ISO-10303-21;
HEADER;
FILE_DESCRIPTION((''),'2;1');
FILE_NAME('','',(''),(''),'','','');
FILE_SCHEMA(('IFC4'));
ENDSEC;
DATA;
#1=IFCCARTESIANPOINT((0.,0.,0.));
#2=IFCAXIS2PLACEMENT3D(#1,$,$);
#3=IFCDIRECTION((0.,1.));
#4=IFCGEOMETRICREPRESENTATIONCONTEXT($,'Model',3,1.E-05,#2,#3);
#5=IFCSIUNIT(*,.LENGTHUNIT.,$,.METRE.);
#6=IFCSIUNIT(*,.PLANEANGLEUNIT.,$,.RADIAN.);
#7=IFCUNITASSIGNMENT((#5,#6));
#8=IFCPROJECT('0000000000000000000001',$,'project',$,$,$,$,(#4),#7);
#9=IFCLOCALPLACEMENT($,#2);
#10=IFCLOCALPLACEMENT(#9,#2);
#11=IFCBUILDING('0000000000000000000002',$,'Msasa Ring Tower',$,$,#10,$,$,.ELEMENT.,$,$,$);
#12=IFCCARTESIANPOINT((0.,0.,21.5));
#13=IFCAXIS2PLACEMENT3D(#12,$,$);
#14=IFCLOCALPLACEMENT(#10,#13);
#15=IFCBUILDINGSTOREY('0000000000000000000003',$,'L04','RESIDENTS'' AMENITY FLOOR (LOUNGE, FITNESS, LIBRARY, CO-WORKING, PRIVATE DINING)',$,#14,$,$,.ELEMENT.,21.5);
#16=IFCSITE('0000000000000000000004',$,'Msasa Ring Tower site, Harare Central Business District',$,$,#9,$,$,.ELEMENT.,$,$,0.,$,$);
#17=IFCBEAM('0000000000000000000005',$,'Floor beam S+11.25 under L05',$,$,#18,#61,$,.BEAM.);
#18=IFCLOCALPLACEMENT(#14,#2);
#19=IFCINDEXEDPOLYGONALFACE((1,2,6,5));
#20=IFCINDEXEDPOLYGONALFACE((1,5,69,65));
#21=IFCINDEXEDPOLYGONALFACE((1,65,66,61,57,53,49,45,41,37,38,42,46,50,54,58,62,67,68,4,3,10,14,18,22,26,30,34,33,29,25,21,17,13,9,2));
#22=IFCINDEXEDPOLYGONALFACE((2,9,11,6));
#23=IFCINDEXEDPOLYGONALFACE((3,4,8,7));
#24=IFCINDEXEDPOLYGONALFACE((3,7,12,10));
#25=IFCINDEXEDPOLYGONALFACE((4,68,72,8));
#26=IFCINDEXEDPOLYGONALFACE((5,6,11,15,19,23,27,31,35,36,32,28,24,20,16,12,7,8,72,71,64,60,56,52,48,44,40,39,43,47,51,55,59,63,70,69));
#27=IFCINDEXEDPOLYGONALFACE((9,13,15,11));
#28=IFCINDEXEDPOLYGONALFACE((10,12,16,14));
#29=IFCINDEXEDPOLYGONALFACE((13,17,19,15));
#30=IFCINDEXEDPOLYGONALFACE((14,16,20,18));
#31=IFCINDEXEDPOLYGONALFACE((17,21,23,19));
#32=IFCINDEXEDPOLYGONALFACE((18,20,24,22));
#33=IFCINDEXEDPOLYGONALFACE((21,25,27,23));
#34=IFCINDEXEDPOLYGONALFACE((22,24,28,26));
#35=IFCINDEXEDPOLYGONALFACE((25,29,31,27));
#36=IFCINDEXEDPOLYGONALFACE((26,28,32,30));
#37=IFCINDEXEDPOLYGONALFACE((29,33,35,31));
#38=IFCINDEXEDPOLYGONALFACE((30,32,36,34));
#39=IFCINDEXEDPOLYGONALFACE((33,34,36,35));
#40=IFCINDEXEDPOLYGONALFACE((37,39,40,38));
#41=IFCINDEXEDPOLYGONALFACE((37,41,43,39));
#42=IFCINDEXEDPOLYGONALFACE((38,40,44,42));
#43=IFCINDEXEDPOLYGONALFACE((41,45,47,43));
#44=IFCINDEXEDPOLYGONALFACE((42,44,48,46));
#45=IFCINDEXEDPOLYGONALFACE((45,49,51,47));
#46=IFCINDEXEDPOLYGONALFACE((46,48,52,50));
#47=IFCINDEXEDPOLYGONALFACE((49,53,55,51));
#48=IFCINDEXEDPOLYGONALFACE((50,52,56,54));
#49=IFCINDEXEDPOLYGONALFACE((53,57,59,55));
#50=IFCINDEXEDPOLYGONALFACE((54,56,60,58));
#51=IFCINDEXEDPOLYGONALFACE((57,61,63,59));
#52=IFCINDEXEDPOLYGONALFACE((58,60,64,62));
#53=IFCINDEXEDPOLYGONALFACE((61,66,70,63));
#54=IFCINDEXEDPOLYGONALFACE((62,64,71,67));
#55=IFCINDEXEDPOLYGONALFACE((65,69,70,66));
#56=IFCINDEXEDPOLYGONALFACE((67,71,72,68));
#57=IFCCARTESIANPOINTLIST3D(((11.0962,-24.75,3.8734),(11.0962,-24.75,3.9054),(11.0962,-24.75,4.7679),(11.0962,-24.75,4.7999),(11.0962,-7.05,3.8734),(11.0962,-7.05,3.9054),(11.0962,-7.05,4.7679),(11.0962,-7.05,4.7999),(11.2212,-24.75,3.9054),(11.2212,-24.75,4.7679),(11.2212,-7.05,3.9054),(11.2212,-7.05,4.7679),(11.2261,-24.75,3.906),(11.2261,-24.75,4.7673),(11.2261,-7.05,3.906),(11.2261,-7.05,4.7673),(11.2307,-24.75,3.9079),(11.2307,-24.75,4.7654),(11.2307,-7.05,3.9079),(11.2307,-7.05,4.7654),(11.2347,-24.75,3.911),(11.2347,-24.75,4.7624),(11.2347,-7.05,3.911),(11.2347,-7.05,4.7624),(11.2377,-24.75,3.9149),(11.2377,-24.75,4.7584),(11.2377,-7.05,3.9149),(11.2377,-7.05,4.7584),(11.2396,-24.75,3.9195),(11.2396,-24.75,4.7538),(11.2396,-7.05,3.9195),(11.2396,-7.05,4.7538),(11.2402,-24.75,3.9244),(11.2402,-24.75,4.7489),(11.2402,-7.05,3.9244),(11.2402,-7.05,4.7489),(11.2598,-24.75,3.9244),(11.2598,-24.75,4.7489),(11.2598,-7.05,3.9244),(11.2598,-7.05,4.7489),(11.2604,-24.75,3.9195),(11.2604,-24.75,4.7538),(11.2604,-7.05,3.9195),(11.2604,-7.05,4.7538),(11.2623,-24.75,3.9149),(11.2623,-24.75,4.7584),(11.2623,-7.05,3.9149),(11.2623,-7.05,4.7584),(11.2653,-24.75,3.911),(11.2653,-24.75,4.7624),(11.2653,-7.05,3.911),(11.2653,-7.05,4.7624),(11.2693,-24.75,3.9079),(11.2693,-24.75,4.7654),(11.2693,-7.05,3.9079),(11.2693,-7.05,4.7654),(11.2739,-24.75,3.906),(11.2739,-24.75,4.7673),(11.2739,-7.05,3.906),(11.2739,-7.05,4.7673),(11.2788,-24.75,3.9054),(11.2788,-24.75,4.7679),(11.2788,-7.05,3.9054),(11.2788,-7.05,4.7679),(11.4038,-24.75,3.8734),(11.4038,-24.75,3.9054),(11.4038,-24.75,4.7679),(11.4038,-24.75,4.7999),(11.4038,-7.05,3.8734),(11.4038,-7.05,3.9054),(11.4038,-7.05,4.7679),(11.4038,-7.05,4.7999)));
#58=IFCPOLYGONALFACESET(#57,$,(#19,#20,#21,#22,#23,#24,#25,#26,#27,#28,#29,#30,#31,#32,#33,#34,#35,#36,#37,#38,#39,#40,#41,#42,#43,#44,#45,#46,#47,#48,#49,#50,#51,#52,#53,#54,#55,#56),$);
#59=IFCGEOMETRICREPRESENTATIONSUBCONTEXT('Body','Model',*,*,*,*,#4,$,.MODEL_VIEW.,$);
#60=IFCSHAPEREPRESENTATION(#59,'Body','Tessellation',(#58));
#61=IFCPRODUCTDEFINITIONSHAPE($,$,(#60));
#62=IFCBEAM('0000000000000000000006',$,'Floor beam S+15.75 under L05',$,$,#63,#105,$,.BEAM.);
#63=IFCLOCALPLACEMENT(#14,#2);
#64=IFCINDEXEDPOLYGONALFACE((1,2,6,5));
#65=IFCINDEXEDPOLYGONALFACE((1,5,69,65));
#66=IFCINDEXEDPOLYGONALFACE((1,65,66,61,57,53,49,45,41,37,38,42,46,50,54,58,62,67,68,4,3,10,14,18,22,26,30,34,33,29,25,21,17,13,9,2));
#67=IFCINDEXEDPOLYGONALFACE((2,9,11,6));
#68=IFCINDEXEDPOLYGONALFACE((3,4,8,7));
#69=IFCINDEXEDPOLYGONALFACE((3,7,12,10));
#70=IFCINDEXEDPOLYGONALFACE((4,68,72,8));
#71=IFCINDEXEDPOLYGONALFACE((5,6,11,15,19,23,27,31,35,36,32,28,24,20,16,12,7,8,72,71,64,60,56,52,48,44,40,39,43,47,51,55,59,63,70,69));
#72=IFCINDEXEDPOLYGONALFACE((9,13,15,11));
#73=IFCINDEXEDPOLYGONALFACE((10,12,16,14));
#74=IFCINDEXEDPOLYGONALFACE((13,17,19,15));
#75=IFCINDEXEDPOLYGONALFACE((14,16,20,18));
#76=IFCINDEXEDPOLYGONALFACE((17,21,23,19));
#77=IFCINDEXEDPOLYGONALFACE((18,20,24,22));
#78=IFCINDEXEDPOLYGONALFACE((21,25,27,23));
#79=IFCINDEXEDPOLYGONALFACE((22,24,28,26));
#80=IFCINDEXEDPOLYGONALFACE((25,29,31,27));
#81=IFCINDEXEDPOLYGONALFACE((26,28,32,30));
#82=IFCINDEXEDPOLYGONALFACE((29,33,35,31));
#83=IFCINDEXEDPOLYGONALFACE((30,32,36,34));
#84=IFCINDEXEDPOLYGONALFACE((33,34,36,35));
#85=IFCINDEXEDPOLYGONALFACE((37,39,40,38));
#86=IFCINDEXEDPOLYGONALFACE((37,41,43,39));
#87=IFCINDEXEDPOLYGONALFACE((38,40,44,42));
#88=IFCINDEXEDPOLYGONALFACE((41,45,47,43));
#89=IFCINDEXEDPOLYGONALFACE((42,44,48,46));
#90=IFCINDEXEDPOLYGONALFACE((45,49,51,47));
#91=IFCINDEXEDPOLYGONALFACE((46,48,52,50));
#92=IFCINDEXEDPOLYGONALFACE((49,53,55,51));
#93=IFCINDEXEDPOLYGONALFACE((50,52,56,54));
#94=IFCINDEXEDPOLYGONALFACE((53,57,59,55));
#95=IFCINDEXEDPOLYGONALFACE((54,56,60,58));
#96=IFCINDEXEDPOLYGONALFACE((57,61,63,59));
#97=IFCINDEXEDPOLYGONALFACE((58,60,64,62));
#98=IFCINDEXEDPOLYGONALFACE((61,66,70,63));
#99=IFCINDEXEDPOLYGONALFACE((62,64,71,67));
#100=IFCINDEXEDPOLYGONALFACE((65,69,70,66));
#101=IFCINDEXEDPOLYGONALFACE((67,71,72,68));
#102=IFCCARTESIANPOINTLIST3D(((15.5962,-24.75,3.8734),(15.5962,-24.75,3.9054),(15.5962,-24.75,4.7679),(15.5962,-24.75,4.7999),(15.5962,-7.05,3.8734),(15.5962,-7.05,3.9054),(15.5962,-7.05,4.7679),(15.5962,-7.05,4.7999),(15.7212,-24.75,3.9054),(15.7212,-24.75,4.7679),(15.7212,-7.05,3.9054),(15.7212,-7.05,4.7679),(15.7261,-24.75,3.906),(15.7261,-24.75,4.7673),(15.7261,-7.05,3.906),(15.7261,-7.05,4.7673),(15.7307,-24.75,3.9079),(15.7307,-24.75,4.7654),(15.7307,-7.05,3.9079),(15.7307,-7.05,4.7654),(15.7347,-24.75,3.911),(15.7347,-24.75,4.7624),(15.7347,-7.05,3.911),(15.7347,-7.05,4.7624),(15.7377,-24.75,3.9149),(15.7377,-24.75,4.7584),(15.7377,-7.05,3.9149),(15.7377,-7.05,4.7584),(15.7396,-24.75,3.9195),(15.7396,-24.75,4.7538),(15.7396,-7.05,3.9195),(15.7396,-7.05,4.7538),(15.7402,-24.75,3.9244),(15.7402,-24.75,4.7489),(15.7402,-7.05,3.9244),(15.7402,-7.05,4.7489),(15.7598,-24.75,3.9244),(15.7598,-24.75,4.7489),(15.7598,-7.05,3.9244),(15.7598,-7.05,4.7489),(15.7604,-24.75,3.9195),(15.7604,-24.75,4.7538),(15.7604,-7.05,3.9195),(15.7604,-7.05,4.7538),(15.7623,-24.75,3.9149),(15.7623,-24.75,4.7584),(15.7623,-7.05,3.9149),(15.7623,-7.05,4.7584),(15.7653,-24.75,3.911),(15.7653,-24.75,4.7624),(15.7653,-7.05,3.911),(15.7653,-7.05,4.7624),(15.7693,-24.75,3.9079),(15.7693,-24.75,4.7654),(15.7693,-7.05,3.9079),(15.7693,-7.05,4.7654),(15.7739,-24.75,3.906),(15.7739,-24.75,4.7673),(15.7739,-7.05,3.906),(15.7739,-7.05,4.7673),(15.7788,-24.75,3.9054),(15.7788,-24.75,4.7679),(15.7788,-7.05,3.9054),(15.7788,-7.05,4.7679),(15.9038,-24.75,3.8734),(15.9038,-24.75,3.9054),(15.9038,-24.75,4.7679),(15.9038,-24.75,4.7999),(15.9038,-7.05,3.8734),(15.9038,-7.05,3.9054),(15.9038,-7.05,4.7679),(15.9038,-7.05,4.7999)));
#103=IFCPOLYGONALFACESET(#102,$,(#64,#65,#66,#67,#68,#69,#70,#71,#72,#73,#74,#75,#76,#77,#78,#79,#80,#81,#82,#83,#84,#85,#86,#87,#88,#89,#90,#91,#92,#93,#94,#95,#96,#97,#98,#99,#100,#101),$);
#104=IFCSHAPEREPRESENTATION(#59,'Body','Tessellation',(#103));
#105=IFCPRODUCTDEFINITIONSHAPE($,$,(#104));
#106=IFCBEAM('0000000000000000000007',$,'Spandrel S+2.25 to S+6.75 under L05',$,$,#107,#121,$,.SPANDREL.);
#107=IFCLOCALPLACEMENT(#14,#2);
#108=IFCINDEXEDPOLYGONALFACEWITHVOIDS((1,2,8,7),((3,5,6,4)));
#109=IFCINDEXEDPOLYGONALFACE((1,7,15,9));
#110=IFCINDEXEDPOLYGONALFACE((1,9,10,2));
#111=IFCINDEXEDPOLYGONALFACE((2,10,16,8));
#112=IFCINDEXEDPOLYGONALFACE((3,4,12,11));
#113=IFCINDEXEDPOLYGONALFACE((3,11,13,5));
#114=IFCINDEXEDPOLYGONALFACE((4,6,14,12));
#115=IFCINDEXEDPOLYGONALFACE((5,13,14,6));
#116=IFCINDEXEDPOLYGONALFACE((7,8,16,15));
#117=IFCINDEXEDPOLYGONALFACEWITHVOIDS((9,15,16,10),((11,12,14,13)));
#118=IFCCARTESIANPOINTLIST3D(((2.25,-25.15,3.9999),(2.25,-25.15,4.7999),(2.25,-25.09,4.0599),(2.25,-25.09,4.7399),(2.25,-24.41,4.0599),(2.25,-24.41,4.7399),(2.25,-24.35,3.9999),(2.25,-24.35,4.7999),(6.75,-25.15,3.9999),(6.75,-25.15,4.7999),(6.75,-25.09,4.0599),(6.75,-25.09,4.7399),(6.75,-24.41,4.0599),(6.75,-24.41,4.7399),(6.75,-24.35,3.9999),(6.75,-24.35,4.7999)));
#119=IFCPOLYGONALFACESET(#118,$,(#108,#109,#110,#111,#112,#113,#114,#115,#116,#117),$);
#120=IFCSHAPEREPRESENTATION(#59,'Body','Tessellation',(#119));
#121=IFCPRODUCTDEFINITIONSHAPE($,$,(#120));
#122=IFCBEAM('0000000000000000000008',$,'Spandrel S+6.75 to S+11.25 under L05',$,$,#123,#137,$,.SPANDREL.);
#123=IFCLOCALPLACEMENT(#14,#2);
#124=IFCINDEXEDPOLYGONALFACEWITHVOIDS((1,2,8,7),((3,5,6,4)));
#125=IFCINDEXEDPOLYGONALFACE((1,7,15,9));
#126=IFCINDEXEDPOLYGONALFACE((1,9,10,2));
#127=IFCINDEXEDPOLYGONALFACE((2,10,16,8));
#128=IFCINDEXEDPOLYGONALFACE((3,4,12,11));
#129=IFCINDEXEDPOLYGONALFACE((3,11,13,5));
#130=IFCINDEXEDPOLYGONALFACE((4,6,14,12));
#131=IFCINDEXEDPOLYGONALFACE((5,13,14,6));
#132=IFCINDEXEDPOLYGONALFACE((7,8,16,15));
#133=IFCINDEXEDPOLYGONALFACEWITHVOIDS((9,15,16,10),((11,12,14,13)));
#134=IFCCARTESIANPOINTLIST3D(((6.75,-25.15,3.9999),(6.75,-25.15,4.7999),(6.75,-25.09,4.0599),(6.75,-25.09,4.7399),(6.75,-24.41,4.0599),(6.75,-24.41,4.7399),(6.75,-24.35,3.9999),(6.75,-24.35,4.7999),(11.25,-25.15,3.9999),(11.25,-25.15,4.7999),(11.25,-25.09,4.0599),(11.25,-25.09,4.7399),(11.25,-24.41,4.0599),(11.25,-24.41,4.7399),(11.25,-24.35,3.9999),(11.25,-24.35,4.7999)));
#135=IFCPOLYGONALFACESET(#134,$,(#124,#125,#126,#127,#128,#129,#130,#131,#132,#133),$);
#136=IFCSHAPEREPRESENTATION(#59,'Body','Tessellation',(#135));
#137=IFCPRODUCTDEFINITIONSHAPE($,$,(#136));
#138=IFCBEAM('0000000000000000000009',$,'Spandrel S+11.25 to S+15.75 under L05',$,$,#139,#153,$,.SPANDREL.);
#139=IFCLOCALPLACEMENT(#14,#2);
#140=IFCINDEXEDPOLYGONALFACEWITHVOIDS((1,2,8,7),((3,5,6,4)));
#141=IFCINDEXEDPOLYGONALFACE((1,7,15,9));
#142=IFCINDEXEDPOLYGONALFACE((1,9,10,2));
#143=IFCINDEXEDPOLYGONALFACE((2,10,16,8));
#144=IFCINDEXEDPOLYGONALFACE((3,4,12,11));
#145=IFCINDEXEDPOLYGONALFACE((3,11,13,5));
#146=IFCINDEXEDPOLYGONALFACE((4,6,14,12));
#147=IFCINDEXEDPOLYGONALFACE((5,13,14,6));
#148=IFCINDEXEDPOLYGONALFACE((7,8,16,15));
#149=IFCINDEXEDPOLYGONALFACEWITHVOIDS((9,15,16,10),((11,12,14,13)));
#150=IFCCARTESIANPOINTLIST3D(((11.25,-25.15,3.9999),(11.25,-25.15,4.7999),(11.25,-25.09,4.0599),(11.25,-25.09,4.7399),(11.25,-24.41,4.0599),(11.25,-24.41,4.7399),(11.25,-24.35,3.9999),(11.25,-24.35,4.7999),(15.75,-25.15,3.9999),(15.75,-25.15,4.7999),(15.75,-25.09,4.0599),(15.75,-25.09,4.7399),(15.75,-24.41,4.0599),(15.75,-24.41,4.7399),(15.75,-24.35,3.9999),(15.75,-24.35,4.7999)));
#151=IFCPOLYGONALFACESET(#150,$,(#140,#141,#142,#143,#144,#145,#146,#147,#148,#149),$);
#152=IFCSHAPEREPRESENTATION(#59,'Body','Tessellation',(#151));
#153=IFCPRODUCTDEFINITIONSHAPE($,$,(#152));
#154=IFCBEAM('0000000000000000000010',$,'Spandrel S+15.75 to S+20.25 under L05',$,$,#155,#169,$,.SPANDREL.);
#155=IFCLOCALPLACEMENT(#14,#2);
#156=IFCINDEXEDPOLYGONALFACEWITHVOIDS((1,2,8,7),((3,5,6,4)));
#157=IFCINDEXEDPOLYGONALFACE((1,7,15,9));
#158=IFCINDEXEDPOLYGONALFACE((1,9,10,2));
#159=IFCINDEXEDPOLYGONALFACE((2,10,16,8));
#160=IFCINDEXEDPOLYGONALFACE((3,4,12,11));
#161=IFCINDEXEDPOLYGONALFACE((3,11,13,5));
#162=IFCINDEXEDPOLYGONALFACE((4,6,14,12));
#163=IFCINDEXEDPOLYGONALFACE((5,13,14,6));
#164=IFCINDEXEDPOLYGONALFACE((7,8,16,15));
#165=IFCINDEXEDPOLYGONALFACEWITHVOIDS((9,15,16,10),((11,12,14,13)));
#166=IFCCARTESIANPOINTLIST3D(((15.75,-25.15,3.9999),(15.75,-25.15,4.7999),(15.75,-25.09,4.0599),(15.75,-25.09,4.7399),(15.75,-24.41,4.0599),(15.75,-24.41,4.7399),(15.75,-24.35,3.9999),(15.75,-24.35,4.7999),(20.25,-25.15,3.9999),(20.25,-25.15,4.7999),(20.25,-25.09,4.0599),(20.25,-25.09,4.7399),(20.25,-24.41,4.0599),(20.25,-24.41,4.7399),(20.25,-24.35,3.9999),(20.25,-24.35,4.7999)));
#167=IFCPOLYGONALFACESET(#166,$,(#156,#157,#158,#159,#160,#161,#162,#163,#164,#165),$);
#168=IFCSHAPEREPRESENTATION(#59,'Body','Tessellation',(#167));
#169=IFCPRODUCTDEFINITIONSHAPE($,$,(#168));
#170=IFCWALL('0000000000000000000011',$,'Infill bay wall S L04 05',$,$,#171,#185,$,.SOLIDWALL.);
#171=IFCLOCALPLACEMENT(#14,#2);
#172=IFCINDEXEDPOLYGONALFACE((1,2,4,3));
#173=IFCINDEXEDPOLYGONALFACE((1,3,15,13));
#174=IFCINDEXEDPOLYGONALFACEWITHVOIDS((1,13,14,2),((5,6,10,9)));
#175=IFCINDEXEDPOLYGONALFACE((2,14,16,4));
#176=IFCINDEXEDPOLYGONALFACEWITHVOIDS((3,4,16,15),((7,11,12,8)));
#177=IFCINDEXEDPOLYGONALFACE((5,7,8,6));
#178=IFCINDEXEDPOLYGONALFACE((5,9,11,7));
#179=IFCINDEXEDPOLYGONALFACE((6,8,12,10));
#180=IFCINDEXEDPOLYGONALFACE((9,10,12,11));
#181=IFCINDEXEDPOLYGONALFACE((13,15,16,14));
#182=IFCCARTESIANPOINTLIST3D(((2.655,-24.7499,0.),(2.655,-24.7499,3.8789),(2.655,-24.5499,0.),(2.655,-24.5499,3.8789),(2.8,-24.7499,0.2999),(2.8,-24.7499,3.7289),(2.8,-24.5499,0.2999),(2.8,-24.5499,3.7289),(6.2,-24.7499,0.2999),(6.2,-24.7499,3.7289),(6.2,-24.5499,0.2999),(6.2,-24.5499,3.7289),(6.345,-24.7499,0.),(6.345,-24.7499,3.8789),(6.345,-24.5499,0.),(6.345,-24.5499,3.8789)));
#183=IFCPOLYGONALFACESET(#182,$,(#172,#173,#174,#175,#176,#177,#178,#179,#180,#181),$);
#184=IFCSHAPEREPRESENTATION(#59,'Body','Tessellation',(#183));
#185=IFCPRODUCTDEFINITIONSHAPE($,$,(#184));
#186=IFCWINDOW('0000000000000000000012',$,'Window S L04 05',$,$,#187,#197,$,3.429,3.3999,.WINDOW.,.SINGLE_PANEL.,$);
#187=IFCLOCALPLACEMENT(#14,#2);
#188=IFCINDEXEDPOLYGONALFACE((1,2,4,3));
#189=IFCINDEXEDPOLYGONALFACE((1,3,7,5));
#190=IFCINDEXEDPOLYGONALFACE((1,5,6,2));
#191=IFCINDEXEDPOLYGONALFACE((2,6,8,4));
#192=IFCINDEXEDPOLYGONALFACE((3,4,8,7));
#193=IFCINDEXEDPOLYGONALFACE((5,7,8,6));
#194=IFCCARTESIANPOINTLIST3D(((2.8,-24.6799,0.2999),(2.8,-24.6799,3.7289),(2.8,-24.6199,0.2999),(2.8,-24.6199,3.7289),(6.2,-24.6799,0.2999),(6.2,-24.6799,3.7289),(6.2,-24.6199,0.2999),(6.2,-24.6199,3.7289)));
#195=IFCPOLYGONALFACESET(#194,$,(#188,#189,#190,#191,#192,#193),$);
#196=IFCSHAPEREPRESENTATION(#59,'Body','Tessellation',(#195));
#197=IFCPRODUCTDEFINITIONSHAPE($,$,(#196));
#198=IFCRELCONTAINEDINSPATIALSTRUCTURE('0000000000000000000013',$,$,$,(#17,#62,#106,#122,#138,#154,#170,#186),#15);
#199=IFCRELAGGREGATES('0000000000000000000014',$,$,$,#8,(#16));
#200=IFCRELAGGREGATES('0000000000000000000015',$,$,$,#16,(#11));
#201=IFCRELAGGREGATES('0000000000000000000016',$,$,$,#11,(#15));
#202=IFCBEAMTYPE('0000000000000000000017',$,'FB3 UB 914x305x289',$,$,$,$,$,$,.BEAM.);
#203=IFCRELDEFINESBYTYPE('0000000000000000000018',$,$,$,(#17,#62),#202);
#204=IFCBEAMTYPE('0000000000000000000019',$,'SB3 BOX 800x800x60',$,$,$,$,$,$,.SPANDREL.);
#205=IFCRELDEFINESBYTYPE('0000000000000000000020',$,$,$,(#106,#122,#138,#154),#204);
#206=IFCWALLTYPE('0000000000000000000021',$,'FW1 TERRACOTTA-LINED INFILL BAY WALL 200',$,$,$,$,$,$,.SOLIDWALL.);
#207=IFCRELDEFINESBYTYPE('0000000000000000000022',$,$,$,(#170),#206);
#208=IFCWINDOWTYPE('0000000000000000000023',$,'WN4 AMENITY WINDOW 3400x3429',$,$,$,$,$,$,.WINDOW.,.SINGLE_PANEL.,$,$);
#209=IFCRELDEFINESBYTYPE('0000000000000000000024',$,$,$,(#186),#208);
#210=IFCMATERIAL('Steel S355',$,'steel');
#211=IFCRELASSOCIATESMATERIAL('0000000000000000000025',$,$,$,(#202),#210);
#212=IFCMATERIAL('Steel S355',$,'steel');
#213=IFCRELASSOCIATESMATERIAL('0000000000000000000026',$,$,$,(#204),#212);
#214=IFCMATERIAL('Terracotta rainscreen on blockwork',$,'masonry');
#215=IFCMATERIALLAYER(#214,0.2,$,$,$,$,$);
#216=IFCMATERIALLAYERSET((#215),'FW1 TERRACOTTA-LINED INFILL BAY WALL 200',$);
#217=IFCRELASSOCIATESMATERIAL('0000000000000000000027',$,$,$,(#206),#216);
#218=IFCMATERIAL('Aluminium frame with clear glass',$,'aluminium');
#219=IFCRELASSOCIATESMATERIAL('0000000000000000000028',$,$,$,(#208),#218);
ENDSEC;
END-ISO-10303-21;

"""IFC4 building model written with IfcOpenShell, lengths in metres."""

from ifc_helpers import new_model, si_unit, direction, frame, frame_2d, origin, origin_2d, place, context, subcontext, project, spatial, rectangle, hollow_rectangle, i_section, extrude, material, layer, layer_set, material_profile, profile_set, type_object, element, fill, save


model = new_model("IFC4")

# Units and contexts
model_context = context("Model", 3, precision=1e-05, world=origin(), true_north=direction((0.0, 1.0)))
body_context = subcontext(model_context, "Body", "Model", "MODEL_VIEW")
ifc_project = project(units=[si_unit("LENGTHUNIT", "METRE"), si_unit("PLANEANGLEUNIT", "RADIAN")], contexts=[model_context])

# Site, building, storey
site_placement = place(None, origin())
site = spatial("IfcSite", under=ifc_project, at=site_placement, Name="Msasa Ring Tower site, Harare Central Business District", CompositionType="ELEMENT", RefElevation=0.0)
building_placement = place(site_placement, origin())
building = spatial("IfcBuilding", under=site, at=building_placement, Name="Msasa Ring Tower", CompositionType="ELEMENT")
storey_placement = place(building_placement, frame((0.0, 0.0, 21.5)))
storey = spatial("IfcBuildingStorey", under=building, at=storey_placement, Name="L04", Description="RESIDENTS' AMENITY FLOOR (LOUNGE, FITNESS, LIBRARY, CO-WORKING, PRIVATE DINING)", CompositionType="ELEMENT", Elevation=21.5)

# Beams
ifc_material_1 = material(Name="Steel S355", Category="steel")
ifc_material_profile_1 = material_profile(ifc_material_1, i_section(OverallWidth=0.3076, OverallDepth=0.9265, WebThickness=0.0195, FlangeThickness=0.032, FilletRadius=0.019, at=origin_2d()), Name="UB 914x305x289")
ifc_profile_set_1 = profile_set([ifc_material_profile_1], Name="Steel S355")
beam_type_1 = type_object("IfcBeamType", Name="FB3 UB 914x305x289", PredefinedType="BEAM", material=ifc_profile_set_1)
for number, where, z_axis, x_axis, name in (
    (1, (11.25, -24.75, 4.3367), (0.0, 1.0, 0.0), (-1.0, 0.0, 0.0), "Floor beam S+11.25 under L05"),
    (2, (15.75, -24.75, 4.3367), (0.0, 1.0, 0.0), (-1.0, 0.0, 0.0), "Floor beam S+15.75 under L05"),
):
    element("IfcBeam", number, at=place(storey_placement, frame(where, z_axis=z_axis, x_axis=x_axis)), inside=storey, type_object=beam_type_1, Name=name, PredefinedType="BEAM", context=body_context, shape_type="SweptSolid", body=[
        extrude(i_section(OverallWidth=0.3076, OverallDepth=0.9265, WebThickness=0.0195, FlangeThickness=0.032, FilletRadius=0.019, at=origin_2d()), origin(), (0.0, 0.0, 1.0), 17.7),
    ])
ifc_material_2 = material(Name="Steel S355", Category="steel")
ifc_material_profile_2 = material_profile(ifc_material_2, hollow_rectangle(XDim=0.8, YDim=0.8, WallThickness=0.0601, at=origin_2d()), Name="BOX 800x800x60")
ifc_profile_set_2 = profile_set([ifc_material_profile_2], Name="Steel S355")
beam_type_2 = type_object("IfcBeamType", Name="SB3 BOX 800x800x60", PredefinedType="SPANDREL", material=ifc_profile_set_2)
for number, where, z_axis, x_axis, name in (
    (3, (2.25, -24.75, 4.3999), (1.0, 0.0, 0.0), (0.0, 1.0, 0.0), "Spandrel S+2.25 to S+6.75 under L05"),
    (4, (6.75, -24.75, 4.3999), (1.0, 0.0, 0.0), (0.0, 1.0, 0.0), "Spandrel S+6.75 to S+11.25 under L05"),
    (5, (11.25, -24.75, 4.3999), (1.0, 0.0, 0.0), (0.0, 1.0, 0.0), "Spandrel S+11.25 to S+15.75 under L05"),
    (6, (15.75, -24.75, 4.3999), (1.0, 0.0, 0.0), (0.0, 1.0, 0.0), "Spandrel S+15.75 to S+20.25 under L05"),
):
    element("IfcBeam", number, at=place(storey_placement, frame(where, z_axis=z_axis, x_axis=x_axis)), inside=storey, type_object=beam_type_2, Name=name, PredefinedType="SPANDREL", context=body_context, shape_type="SweptSolid", body=[
        extrude(hollow_rectangle(XDim=0.8, YDim=0.8, WallThickness=0.0601, at=origin_2d()), origin(), (0.0, 0.0, 1.0), 4.5),
    ])

# Wall, opening, window
ifc_material_3 = material(Name="Terracotta rainscreen on blockwork", Category="masonry")
ifc_layer_1 = layer(ifc_material_3, 0.2)
ifc_layer_set_1 = layer_set([ifc_layer_1], Name="FW1 TERRACOTTA-LINED INFILL BAY WALL 200")
wall_type_1 = type_object("IfcWallType", Name="FW1 TERRACOTTA-LINED INFILL BAY WALL 200", PredefinedType="SOLIDWALL", material=ifc_layer_set_1)
wall_1_placement = place(storey_placement, frame((2.655, -24.6499, 0.0), z_axis=(0.0, 0.0, 1.0), x_axis=(1.0, 0.0, 0.0)))
wall_1 = element("IfcWall", 7, at=wall_1_placement, inside=storey, type_object=wall_type_1, Name="Infill bay wall S L04 05", PredefinedType="SOLIDWALL", context=body_context, shape_type="SweptSolid", body=[
    extrude(rectangle(XDim=3.6899, YDim=0.2, at=frame_2d((1.845, 0.0))), origin(), (0.0, 0.0, 1.0), 3.8789),
])
opening_1_placement = place(wall_1_placement, frame((0.145, 0.0, 0.3)))
opening_1 = element("IfcOpeningElement", 8, at=opening_1_placement, cuts=wall_1, PredefinedType="OPENING", context=body_context, shape_type="SweptSolid", body=[
    extrude(rectangle(XDim=3.3999, YDim=3.429, at=frame_2d((1.7, 1.7144))), frame((0.0, 0.1099, 0.0), z_axis=(0.0, -1.0, 0.0), x_axis=(1.0, 0.0, 0.0)), (0.0, 0.0, 1.0), 0.22),
])
ifc_material_4 = material(Name="Aluminium frame with clear glass", Category="aluminium")
window_type = type_object("IfcWindowType", Name="WN4 AMENITY WINDOW 3400x3429", PartitioningType="SINGLE_PANEL", PredefinedType="WINDOW", material=ifc_material_4)
window_1_placement = place(opening_1_placement, origin())
window_1 = element("IfcWindow", 9, at=window_1_placement, inside=storey, type_object=window_type, Name="Window S L04 05", OverallHeight=3.429, OverallWidth=3.3999, PartitioningType="SINGLE_PANEL", PredefinedType="WINDOW", context=body_context, shape_type="SweptSolid", body=[
    extrude(rectangle(XDim=3.3999, YDim=3.429, at=frame_2d((1.7, 1.7144))), frame((0.0, 0.03, 0.0), z_axis=(0.0, -1.0, 0.0), x_axis=(1.0, 0.0, 0.0)), (0.0, 0.0, 1.0), 0.0601),
])
fill(opening_1, window_1)

save(model, "model.ifc")
